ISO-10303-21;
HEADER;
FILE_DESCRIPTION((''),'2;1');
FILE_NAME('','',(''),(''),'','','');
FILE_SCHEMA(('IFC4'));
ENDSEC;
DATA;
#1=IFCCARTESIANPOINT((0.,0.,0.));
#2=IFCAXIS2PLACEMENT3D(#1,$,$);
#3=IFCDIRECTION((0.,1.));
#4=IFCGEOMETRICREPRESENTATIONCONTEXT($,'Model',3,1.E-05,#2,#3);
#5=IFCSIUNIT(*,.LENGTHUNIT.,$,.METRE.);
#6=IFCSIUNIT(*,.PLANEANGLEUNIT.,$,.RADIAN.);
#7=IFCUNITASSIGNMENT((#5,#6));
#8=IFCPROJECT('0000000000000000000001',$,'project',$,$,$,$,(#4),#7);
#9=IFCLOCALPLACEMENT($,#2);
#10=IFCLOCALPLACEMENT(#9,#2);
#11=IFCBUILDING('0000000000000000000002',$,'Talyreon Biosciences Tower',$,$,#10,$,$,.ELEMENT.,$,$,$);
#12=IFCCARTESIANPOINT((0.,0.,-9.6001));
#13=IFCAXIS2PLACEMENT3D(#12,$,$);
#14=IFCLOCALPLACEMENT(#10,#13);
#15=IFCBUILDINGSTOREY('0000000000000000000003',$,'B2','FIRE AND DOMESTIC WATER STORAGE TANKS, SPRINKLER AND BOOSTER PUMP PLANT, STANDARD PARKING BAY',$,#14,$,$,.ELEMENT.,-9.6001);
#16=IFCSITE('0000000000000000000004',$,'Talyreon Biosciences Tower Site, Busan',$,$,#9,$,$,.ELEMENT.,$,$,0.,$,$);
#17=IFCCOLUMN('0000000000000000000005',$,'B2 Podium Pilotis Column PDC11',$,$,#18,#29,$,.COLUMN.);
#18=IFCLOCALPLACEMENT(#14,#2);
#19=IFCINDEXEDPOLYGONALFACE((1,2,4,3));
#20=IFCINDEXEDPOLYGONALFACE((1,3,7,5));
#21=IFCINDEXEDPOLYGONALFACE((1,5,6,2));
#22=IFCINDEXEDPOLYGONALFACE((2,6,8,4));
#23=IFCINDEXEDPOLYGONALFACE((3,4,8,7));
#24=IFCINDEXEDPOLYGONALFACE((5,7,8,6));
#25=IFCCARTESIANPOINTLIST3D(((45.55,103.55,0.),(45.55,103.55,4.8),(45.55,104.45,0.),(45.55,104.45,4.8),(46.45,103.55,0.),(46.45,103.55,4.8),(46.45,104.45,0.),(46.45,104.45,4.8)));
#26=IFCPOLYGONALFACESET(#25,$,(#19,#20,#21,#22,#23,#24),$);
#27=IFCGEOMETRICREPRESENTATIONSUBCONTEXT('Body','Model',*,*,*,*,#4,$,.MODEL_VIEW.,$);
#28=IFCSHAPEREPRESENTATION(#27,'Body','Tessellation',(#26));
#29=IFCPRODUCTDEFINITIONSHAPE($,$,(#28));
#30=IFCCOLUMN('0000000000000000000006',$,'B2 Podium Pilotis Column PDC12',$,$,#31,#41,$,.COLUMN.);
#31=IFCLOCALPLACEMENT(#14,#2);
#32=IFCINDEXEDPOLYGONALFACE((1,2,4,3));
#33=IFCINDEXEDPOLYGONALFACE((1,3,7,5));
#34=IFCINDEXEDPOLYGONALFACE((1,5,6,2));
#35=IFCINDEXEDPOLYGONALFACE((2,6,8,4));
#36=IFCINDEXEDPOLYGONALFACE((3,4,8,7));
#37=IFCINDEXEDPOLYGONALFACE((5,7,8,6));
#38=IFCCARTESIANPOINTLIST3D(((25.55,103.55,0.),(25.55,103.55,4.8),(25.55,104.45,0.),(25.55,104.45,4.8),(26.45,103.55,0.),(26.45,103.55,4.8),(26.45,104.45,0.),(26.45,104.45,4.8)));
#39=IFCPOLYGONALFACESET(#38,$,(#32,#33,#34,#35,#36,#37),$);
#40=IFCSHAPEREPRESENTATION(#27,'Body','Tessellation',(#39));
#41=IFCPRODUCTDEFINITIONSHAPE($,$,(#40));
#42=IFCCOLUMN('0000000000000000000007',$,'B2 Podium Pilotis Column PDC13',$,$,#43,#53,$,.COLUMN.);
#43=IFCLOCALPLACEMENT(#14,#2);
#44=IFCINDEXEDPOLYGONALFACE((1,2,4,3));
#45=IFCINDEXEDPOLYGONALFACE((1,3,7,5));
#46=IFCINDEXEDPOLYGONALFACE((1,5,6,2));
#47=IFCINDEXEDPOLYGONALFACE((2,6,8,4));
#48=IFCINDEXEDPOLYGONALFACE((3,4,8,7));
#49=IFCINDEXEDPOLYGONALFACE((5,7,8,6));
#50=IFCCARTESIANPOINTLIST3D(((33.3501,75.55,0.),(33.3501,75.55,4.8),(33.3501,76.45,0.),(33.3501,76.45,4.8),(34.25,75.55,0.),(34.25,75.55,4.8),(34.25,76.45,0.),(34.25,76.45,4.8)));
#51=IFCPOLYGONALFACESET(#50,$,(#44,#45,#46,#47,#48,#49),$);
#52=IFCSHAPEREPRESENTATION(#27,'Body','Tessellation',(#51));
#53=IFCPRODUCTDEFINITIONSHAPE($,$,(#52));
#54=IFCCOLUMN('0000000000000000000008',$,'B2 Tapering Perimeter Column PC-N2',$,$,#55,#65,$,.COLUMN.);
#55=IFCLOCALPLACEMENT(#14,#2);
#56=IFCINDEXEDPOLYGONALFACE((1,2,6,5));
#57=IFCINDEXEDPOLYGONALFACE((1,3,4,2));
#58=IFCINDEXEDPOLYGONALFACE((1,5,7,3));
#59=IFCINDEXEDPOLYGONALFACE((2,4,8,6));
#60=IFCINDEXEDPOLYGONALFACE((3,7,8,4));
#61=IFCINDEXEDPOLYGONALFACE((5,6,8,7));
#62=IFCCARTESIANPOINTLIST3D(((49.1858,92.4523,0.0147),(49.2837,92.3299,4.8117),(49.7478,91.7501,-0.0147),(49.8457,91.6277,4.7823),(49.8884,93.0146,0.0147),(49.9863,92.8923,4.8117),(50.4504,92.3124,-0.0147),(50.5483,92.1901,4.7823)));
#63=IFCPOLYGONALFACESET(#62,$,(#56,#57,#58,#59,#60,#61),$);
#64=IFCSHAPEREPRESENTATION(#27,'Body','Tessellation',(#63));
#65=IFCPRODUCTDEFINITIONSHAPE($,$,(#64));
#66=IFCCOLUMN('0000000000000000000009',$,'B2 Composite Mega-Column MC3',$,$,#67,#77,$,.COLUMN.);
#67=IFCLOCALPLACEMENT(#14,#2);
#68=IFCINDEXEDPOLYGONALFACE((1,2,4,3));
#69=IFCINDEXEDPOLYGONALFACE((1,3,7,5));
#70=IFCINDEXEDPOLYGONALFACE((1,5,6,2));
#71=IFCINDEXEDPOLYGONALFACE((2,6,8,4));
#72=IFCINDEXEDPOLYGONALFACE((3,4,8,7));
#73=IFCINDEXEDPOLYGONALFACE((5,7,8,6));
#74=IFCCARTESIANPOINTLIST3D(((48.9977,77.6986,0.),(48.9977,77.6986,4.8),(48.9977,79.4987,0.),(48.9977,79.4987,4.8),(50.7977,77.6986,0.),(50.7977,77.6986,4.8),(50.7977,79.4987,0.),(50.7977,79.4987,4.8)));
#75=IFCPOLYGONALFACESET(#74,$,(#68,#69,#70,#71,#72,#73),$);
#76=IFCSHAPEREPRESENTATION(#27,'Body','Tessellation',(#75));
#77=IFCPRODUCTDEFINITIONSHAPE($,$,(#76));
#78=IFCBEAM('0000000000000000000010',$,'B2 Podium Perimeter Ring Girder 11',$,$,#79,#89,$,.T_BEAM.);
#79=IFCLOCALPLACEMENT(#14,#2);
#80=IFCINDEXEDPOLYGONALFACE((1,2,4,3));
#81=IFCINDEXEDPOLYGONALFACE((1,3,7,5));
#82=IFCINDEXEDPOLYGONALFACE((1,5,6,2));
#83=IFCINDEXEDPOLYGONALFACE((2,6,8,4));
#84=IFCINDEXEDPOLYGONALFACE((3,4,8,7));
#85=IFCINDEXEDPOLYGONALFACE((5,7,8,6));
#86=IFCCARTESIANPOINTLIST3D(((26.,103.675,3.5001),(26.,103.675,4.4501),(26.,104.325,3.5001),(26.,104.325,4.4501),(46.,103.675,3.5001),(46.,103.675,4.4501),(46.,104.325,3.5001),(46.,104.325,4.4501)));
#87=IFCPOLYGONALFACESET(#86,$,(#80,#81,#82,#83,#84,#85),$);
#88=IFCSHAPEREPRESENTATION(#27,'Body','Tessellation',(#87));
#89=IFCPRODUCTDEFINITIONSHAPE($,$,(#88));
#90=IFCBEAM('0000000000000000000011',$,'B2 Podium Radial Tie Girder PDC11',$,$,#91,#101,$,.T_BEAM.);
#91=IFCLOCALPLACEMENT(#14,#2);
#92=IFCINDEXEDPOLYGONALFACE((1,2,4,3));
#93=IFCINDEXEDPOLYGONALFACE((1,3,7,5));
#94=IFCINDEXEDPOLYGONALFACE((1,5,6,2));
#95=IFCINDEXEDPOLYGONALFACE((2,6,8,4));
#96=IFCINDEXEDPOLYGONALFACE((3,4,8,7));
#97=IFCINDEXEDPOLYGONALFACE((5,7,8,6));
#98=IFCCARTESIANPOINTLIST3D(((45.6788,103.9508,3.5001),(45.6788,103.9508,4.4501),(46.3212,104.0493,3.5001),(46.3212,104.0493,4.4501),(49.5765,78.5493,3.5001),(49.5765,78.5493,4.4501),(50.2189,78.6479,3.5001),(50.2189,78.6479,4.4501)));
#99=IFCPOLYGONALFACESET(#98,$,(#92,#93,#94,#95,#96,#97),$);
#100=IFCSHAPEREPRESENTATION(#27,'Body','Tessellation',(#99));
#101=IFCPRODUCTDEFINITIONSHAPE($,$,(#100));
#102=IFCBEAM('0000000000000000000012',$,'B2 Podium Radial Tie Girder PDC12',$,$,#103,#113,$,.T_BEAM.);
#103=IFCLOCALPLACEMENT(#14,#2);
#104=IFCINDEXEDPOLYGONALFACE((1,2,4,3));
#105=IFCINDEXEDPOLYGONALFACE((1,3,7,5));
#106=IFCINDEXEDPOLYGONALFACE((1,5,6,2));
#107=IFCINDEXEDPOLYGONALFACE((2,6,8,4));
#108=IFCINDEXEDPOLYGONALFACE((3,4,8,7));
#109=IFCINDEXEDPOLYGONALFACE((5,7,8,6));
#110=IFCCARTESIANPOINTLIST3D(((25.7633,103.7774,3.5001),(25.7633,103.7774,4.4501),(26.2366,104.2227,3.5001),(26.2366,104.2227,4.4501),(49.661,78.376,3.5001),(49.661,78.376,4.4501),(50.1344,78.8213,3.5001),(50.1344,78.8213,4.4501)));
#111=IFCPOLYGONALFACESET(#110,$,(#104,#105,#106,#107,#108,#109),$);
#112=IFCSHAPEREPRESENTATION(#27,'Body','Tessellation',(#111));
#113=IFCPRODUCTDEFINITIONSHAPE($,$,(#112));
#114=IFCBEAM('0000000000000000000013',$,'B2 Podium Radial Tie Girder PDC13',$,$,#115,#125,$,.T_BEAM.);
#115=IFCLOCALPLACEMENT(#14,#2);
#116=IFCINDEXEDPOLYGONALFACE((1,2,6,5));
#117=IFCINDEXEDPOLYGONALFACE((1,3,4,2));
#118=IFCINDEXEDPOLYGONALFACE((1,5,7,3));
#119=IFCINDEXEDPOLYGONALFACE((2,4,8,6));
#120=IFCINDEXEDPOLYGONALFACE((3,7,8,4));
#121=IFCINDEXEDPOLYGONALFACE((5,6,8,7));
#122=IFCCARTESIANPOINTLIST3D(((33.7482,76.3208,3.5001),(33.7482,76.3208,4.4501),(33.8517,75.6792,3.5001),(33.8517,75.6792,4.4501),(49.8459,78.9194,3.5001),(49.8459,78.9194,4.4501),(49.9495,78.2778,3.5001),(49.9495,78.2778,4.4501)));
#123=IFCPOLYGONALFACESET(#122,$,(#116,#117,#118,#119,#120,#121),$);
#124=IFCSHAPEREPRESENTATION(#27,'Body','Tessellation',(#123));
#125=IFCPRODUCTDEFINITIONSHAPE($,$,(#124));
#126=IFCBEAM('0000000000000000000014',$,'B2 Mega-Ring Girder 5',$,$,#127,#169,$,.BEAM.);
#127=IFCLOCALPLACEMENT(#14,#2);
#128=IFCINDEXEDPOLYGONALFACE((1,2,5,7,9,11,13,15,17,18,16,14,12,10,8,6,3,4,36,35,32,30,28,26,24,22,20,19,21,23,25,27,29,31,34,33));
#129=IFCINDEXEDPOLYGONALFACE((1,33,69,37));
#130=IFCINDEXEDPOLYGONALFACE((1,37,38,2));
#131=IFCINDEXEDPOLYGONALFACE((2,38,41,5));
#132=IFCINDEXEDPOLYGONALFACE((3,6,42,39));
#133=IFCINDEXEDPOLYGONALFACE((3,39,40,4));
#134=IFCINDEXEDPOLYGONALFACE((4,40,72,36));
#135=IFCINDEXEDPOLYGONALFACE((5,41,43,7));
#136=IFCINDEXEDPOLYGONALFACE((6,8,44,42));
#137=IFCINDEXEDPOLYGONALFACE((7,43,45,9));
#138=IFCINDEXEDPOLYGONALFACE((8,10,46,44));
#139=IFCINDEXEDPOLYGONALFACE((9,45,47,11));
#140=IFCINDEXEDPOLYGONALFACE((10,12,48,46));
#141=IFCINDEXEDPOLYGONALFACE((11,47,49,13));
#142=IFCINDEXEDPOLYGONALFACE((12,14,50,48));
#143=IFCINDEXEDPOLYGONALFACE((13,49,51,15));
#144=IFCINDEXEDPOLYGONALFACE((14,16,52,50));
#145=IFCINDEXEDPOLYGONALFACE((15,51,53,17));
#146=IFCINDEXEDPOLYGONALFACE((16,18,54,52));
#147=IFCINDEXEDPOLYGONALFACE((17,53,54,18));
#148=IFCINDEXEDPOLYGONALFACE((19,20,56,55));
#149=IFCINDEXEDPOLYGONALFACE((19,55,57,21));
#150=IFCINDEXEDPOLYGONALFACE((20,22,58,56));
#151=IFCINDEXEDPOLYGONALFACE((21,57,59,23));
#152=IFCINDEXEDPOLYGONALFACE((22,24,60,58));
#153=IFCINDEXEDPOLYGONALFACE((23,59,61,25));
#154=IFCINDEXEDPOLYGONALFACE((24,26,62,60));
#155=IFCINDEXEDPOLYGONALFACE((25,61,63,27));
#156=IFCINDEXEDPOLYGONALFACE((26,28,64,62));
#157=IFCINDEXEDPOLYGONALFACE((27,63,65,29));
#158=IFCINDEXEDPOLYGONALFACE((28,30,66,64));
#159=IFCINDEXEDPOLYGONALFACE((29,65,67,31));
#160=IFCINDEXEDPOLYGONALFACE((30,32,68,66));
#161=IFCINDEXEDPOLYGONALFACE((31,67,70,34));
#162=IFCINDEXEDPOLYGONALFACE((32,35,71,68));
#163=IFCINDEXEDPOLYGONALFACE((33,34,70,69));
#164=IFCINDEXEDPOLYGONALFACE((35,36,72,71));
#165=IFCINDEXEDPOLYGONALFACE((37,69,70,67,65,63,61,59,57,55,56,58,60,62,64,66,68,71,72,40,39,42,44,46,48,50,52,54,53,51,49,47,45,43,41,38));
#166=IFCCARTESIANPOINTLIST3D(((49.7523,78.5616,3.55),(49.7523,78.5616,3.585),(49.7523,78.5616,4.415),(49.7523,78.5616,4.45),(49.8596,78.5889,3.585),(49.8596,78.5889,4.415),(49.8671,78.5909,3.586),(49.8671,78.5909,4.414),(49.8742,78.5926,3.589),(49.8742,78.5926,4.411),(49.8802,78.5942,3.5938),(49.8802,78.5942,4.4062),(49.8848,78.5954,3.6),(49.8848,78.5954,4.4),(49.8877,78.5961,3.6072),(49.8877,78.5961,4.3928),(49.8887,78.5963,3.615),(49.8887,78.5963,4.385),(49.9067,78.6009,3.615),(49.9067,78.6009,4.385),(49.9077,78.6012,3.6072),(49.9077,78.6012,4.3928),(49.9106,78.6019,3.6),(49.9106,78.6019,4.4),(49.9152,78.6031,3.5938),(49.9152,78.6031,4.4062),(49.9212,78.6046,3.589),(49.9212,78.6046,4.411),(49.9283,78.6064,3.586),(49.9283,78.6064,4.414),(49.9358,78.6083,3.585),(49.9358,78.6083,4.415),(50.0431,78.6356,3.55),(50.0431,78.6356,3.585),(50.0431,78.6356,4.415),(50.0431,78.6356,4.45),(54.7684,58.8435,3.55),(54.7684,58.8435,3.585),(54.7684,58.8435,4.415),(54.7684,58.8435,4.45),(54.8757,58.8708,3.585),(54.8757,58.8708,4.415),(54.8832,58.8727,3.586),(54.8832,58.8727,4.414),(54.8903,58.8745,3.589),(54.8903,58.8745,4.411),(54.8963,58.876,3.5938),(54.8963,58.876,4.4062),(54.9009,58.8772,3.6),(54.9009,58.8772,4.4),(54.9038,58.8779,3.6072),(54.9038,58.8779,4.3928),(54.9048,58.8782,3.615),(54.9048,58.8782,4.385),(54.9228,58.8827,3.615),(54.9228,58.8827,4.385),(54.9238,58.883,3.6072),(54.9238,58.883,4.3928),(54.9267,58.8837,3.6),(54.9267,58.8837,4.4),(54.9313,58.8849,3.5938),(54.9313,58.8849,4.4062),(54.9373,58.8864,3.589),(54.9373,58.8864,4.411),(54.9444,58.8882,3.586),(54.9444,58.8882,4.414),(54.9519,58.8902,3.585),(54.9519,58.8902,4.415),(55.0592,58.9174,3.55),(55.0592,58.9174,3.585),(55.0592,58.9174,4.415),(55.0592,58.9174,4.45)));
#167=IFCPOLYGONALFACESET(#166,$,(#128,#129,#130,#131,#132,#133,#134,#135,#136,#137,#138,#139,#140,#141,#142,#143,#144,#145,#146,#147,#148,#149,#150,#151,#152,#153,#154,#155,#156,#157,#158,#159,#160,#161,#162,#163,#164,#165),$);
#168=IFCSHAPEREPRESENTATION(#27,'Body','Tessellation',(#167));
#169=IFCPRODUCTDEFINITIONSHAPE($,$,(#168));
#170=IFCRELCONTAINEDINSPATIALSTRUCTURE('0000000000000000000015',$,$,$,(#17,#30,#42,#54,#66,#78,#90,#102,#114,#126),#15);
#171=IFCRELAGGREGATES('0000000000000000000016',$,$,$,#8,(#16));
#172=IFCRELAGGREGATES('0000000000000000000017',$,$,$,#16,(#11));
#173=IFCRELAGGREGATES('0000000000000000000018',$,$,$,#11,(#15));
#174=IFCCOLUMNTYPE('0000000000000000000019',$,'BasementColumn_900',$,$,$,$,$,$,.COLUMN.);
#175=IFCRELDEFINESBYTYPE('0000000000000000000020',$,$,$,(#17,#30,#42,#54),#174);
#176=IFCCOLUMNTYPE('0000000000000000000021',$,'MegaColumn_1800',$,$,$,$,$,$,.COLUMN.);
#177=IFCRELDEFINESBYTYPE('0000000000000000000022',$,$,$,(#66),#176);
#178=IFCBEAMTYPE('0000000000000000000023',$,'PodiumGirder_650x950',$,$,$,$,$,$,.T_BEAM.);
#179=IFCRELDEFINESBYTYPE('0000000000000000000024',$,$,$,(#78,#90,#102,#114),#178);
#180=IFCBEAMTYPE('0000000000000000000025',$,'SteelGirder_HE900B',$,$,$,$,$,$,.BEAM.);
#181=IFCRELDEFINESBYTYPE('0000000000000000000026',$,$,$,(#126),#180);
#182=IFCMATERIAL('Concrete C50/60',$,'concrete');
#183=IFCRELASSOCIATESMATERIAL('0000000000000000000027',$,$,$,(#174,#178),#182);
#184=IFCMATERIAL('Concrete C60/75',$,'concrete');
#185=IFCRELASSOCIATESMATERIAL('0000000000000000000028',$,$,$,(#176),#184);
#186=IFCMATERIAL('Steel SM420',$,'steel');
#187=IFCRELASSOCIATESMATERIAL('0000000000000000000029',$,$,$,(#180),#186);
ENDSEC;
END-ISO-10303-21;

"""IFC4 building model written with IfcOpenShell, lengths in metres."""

from ifc_helpers import new_model, si_unit, direction, frame, origin, origin_2d, place, context, subcontext, project, spatial, rectangle, i_section, extrude, material, material_profile, profile_set, type_object, element, save


model = new_model("IFC4")

# Units and contexts
model_context = context("Model", 3, precision=1e-05, world=origin(), true_north=direction((0.0, 1.0)))
body_context = subcontext(model_context, "Body", "Model", "MODEL_VIEW")
ifc_project = project(units=[si_unit("LENGTHUNIT", "METRE"), si_unit("PLANEANGLEUNIT", "RADIAN")], contexts=[model_context])

# Site, building, storey
site_placement = place(None, origin())
site = spatial("IfcSite", under=ifc_project, at=site_placement, Name="Talyreon Biosciences Tower Site, Busan", CompositionType="ELEMENT", RefElevation=0.0)
building_placement = place(site_placement, origin())
building = spatial("IfcBuilding", under=site, at=building_placement, Name="Talyreon Biosciences Tower", CompositionType="ELEMENT")
storey_placement = place(building_placement, frame((0.0, 0.0, -9.6001)))
storey = spatial("IfcBuildingStorey", under=building, at=storey_placement, Name="B2", Description="FIRE AND DOMESTIC WATER STORAGE TANKS, SPRINKLER AND BOOSTER PUMP PLANT, STANDARD PARKING BAY", CompositionType="ELEMENT", Elevation=-9.6001)

# Shared definitions
ifc_material_1 = material(Name="Concrete C50/60", Category="concrete")

# Columns
ifc_material_profile_1 = material_profile(ifc_material_1, rectangle(XDim=0.8999, YDim=0.8999, at=origin_2d()), Name="RC 900x900")
ifc_profile_set_1 = profile_set([ifc_material_profile_1], Name="Concrete C50/60")
column_type_1 = type_object("IfcColumnType", Name="BasementColumn_900", PredefinedType="COLUMN", material=ifc_profile_set_1)
for number, where, z_axis, x_axis, name in (
    (1, (46.0, 104.0, 0.0), (0.0, 0.0, 1.0), (1.0, 0.0, 0.0), "B2 Podium Pilotis Column PDC11"),
    (2, (26.0, 104.0, 0.0), (0.0, 0.0, 1.0), (1.0, 0.0, 0.0), "B2 Podium Pilotis Column PDC12"),
    (3, (33.8, 76.0, 0.0), (0.0, 0.0, 1.0), (1.0, 0.0, 0.0), "B2 Podium Pilotis Column PDC13"),
):
    element("IfcColumn", number, at=place(storey_placement, frame(where, z_axis=z_axis, x_axis=x_axis)), inside=storey, type_object=column_type_1, Name=name, PredefinedType="COLUMN", context=body_context, shape_type="SweptSolid", body=[
        extrude(rectangle(XDim=0.8999, YDim=0.8999, at=origin_2d()), origin(), (0.0, 0.0, 1.0), 4.8),
    ])
column_1_placement = place(storey_placement, frame((49.8181, 92.3823, 0.0), z_axis=(0.020397, -0.025484, 0.999467), x_axis=(-0.780717, -0.624885, 0.0)))
element("IfcColumn", 4, at=column_1_placement, inside=storey, type_object=column_type_1, Name="B2 Tapering Perimeter Column PC-N2", PredefinedType="COLUMN", context=body_context, shape_type="SweptSolid", body=[
    extrude(rectangle(XDim=0.8999, YDim=0.8999, at=origin_2d()), origin(), (0.0, 0.0, 1.0), 4.7996),
])
ifc_material_2 = material(Name="Concrete C60/75", Category="concrete")
ifc_material_profile_2 = material_profile(ifc_material_2, rectangle(XDim=1.8, YDim=1.8, at=origin_2d()), Name="RC 1800x1800")
ifc_profile_set_2 = profile_set([ifc_material_profile_2], Name="Concrete C60/75")
column_type_2 = type_object("IfcColumnType", Name="MegaColumn_1800", PredefinedType="COLUMN", material=ifc_profile_set_2)
column_2_placement = place(storey_placement, frame((49.8977, 78.5986, 0.0), z_axis=(0.0, 0.0, 1.0), x_axis=(1.0, 0.0, 0.0)))
element("IfcColumn", 5, at=column_2_placement, inside=storey, type_object=column_type_2, Name="B2 Composite Mega-Column MC3", PredefinedType="COLUMN", context=body_context, shape_type="SweptSolid", body=[
    extrude(rectangle(XDim=1.8, YDim=1.8, at=origin_2d()), origin(), (0.0, 0.0, 1.0), 4.8),
])

# Beams
ifc_material_profile_3 = material_profile(ifc_material_1, rectangle(XDim=0.6499, YDim=0.95, at=origin_2d()), Name="RCB 650x950")
ifc_profile_set_3 = profile_set([ifc_material_profile_3], Name="Concrete C50/60")
beam_type_1 = type_object("IfcBeamType", Name="PodiumGirder_650x950", PredefinedType="T_BEAM", material=ifc_profile_set_3)
beam_1_placement = place(storey_placement, frame((46.0, 104.0, 3.9751), z_axis=(-1.0, 0.0, 0.0), x_axis=(0.0, -1.0, 0.0)))
element("IfcBeam", 6, at=beam_1_placement, inside=storey, type_object=beam_type_1, Name="B2 Podium Perimeter Ring Girder 11", PredefinedType="T_BEAM", context=body_context, shape_type="SweptSolid", body=[
    extrude(rectangle(XDim=0.6499, YDim=0.95, at=origin_2d()), origin(), (0.0, 0.0, 1.0), 20.0),
])
beam_2_placement = place(storey_placement, frame((49.8977, 78.5986, 3.9751), z_axis=(-0.15167, 0.988431, 0.0), x_axis=(-0.988431, -0.15167, 0.0)))
element("IfcBeam", 7, at=beam_2_placement, inside=storey, type_object=beam_type_1, Name="B2 Podium Radial Tie Girder PDC11", PredefinedType="T_BEAM", context=body_context, shape_type="SweptSolid", body=[
    extrude(rectangle(XDim=0.6499, YDim=0.95, at=origin_2d()), origin(), (0.0, 0.0, 1.0), 25.6987),
])
beam_3_placement = place(storey_placement, frame((49.8977, 78.5986, 3.9751), z_axis=(-0.685221, 0.728335, 0.0), x_axis=(-0.728335, -0.685221, 0.0)))
element("IfcBeam", 8, at=beam_3_placement, inside=storey, type_object=beam_type_1, Name="B2 Podium Radial Tie Girder PDC12", PredefinedType="T_BEAM", context=body_context, shape_type="SweptSolid", body=[
    extrude(rectangle(XDim=0.6499, YDim=0.95, at=origin_2d()), origin(), (0.0, 0.0, 1.0), 34.876),
])
beam_4_placement = place(storey_placement, frame((49.8977, 78.5986, 3.9751), z_axis=(-0.98722, -0.159366, 0.0), x_axis=(0.159366, -0.98722, 0.0)))
element("IfcBeam", 9, at=beam_4_placement, inside=storey, type_object=beam_type_1, Name="B2 Podium Radial Tie Girder PDC13", PredefinedType="T_BEAM", context=body_context, shape_type="SweptSolid", body=[
    extrude(rectangle(XDim=0.6499, YDim=0.95, at=origin_2d()), origin(), (0.0, 0.0, 1.0), 16.3062),
])
ifc_material_3 = material(Name="Steel SM420", Category="steel")
ifc_material_profile_4 = material_profile(ifc_material_3, i_section(OverallWidth=0.3, OverallDepth=0.8999, WebThickness=0.0186, FlangeThickness=0.0349, FilletRadius=0.03, at=origin_2d()), Name="HE900B")
ifc_profile_set_4 = profile_set([ifc_material_profile_4], Name="Steel SM420")
beam_type_2 = type_object("IfcBeamType", Name="SteelGirder_HE900B", PredefinedType="BEAM", material=ifc_profile_set_4)
beam_5_placement = place(storey_placement, frame((49.8977, 78.5986, 4.0), z_axis=(0.246537, -0.969133, 0.0), x_axis=(0.969133, 0.246537, 0.0)))
element("IfcBeam", 10, at=beam_5_placement, inside=storey, type_object=beam_type_2, Name="B2 Mega-Ring Girder 5", PredefinedType="BEAM", context=body_context, shape_type="SweptSolid", body=[
    extrude(i_section(OverallWidth=0.3, OverallDepth=0.8999, WebThickness=0.0186, FlangeThickness=0.0349, FilletRadius=0.03, at=origin_2d()), origin(), (0.0, 0.0, 1.0), 20.3462),
])

save(model, "model.ifc")
